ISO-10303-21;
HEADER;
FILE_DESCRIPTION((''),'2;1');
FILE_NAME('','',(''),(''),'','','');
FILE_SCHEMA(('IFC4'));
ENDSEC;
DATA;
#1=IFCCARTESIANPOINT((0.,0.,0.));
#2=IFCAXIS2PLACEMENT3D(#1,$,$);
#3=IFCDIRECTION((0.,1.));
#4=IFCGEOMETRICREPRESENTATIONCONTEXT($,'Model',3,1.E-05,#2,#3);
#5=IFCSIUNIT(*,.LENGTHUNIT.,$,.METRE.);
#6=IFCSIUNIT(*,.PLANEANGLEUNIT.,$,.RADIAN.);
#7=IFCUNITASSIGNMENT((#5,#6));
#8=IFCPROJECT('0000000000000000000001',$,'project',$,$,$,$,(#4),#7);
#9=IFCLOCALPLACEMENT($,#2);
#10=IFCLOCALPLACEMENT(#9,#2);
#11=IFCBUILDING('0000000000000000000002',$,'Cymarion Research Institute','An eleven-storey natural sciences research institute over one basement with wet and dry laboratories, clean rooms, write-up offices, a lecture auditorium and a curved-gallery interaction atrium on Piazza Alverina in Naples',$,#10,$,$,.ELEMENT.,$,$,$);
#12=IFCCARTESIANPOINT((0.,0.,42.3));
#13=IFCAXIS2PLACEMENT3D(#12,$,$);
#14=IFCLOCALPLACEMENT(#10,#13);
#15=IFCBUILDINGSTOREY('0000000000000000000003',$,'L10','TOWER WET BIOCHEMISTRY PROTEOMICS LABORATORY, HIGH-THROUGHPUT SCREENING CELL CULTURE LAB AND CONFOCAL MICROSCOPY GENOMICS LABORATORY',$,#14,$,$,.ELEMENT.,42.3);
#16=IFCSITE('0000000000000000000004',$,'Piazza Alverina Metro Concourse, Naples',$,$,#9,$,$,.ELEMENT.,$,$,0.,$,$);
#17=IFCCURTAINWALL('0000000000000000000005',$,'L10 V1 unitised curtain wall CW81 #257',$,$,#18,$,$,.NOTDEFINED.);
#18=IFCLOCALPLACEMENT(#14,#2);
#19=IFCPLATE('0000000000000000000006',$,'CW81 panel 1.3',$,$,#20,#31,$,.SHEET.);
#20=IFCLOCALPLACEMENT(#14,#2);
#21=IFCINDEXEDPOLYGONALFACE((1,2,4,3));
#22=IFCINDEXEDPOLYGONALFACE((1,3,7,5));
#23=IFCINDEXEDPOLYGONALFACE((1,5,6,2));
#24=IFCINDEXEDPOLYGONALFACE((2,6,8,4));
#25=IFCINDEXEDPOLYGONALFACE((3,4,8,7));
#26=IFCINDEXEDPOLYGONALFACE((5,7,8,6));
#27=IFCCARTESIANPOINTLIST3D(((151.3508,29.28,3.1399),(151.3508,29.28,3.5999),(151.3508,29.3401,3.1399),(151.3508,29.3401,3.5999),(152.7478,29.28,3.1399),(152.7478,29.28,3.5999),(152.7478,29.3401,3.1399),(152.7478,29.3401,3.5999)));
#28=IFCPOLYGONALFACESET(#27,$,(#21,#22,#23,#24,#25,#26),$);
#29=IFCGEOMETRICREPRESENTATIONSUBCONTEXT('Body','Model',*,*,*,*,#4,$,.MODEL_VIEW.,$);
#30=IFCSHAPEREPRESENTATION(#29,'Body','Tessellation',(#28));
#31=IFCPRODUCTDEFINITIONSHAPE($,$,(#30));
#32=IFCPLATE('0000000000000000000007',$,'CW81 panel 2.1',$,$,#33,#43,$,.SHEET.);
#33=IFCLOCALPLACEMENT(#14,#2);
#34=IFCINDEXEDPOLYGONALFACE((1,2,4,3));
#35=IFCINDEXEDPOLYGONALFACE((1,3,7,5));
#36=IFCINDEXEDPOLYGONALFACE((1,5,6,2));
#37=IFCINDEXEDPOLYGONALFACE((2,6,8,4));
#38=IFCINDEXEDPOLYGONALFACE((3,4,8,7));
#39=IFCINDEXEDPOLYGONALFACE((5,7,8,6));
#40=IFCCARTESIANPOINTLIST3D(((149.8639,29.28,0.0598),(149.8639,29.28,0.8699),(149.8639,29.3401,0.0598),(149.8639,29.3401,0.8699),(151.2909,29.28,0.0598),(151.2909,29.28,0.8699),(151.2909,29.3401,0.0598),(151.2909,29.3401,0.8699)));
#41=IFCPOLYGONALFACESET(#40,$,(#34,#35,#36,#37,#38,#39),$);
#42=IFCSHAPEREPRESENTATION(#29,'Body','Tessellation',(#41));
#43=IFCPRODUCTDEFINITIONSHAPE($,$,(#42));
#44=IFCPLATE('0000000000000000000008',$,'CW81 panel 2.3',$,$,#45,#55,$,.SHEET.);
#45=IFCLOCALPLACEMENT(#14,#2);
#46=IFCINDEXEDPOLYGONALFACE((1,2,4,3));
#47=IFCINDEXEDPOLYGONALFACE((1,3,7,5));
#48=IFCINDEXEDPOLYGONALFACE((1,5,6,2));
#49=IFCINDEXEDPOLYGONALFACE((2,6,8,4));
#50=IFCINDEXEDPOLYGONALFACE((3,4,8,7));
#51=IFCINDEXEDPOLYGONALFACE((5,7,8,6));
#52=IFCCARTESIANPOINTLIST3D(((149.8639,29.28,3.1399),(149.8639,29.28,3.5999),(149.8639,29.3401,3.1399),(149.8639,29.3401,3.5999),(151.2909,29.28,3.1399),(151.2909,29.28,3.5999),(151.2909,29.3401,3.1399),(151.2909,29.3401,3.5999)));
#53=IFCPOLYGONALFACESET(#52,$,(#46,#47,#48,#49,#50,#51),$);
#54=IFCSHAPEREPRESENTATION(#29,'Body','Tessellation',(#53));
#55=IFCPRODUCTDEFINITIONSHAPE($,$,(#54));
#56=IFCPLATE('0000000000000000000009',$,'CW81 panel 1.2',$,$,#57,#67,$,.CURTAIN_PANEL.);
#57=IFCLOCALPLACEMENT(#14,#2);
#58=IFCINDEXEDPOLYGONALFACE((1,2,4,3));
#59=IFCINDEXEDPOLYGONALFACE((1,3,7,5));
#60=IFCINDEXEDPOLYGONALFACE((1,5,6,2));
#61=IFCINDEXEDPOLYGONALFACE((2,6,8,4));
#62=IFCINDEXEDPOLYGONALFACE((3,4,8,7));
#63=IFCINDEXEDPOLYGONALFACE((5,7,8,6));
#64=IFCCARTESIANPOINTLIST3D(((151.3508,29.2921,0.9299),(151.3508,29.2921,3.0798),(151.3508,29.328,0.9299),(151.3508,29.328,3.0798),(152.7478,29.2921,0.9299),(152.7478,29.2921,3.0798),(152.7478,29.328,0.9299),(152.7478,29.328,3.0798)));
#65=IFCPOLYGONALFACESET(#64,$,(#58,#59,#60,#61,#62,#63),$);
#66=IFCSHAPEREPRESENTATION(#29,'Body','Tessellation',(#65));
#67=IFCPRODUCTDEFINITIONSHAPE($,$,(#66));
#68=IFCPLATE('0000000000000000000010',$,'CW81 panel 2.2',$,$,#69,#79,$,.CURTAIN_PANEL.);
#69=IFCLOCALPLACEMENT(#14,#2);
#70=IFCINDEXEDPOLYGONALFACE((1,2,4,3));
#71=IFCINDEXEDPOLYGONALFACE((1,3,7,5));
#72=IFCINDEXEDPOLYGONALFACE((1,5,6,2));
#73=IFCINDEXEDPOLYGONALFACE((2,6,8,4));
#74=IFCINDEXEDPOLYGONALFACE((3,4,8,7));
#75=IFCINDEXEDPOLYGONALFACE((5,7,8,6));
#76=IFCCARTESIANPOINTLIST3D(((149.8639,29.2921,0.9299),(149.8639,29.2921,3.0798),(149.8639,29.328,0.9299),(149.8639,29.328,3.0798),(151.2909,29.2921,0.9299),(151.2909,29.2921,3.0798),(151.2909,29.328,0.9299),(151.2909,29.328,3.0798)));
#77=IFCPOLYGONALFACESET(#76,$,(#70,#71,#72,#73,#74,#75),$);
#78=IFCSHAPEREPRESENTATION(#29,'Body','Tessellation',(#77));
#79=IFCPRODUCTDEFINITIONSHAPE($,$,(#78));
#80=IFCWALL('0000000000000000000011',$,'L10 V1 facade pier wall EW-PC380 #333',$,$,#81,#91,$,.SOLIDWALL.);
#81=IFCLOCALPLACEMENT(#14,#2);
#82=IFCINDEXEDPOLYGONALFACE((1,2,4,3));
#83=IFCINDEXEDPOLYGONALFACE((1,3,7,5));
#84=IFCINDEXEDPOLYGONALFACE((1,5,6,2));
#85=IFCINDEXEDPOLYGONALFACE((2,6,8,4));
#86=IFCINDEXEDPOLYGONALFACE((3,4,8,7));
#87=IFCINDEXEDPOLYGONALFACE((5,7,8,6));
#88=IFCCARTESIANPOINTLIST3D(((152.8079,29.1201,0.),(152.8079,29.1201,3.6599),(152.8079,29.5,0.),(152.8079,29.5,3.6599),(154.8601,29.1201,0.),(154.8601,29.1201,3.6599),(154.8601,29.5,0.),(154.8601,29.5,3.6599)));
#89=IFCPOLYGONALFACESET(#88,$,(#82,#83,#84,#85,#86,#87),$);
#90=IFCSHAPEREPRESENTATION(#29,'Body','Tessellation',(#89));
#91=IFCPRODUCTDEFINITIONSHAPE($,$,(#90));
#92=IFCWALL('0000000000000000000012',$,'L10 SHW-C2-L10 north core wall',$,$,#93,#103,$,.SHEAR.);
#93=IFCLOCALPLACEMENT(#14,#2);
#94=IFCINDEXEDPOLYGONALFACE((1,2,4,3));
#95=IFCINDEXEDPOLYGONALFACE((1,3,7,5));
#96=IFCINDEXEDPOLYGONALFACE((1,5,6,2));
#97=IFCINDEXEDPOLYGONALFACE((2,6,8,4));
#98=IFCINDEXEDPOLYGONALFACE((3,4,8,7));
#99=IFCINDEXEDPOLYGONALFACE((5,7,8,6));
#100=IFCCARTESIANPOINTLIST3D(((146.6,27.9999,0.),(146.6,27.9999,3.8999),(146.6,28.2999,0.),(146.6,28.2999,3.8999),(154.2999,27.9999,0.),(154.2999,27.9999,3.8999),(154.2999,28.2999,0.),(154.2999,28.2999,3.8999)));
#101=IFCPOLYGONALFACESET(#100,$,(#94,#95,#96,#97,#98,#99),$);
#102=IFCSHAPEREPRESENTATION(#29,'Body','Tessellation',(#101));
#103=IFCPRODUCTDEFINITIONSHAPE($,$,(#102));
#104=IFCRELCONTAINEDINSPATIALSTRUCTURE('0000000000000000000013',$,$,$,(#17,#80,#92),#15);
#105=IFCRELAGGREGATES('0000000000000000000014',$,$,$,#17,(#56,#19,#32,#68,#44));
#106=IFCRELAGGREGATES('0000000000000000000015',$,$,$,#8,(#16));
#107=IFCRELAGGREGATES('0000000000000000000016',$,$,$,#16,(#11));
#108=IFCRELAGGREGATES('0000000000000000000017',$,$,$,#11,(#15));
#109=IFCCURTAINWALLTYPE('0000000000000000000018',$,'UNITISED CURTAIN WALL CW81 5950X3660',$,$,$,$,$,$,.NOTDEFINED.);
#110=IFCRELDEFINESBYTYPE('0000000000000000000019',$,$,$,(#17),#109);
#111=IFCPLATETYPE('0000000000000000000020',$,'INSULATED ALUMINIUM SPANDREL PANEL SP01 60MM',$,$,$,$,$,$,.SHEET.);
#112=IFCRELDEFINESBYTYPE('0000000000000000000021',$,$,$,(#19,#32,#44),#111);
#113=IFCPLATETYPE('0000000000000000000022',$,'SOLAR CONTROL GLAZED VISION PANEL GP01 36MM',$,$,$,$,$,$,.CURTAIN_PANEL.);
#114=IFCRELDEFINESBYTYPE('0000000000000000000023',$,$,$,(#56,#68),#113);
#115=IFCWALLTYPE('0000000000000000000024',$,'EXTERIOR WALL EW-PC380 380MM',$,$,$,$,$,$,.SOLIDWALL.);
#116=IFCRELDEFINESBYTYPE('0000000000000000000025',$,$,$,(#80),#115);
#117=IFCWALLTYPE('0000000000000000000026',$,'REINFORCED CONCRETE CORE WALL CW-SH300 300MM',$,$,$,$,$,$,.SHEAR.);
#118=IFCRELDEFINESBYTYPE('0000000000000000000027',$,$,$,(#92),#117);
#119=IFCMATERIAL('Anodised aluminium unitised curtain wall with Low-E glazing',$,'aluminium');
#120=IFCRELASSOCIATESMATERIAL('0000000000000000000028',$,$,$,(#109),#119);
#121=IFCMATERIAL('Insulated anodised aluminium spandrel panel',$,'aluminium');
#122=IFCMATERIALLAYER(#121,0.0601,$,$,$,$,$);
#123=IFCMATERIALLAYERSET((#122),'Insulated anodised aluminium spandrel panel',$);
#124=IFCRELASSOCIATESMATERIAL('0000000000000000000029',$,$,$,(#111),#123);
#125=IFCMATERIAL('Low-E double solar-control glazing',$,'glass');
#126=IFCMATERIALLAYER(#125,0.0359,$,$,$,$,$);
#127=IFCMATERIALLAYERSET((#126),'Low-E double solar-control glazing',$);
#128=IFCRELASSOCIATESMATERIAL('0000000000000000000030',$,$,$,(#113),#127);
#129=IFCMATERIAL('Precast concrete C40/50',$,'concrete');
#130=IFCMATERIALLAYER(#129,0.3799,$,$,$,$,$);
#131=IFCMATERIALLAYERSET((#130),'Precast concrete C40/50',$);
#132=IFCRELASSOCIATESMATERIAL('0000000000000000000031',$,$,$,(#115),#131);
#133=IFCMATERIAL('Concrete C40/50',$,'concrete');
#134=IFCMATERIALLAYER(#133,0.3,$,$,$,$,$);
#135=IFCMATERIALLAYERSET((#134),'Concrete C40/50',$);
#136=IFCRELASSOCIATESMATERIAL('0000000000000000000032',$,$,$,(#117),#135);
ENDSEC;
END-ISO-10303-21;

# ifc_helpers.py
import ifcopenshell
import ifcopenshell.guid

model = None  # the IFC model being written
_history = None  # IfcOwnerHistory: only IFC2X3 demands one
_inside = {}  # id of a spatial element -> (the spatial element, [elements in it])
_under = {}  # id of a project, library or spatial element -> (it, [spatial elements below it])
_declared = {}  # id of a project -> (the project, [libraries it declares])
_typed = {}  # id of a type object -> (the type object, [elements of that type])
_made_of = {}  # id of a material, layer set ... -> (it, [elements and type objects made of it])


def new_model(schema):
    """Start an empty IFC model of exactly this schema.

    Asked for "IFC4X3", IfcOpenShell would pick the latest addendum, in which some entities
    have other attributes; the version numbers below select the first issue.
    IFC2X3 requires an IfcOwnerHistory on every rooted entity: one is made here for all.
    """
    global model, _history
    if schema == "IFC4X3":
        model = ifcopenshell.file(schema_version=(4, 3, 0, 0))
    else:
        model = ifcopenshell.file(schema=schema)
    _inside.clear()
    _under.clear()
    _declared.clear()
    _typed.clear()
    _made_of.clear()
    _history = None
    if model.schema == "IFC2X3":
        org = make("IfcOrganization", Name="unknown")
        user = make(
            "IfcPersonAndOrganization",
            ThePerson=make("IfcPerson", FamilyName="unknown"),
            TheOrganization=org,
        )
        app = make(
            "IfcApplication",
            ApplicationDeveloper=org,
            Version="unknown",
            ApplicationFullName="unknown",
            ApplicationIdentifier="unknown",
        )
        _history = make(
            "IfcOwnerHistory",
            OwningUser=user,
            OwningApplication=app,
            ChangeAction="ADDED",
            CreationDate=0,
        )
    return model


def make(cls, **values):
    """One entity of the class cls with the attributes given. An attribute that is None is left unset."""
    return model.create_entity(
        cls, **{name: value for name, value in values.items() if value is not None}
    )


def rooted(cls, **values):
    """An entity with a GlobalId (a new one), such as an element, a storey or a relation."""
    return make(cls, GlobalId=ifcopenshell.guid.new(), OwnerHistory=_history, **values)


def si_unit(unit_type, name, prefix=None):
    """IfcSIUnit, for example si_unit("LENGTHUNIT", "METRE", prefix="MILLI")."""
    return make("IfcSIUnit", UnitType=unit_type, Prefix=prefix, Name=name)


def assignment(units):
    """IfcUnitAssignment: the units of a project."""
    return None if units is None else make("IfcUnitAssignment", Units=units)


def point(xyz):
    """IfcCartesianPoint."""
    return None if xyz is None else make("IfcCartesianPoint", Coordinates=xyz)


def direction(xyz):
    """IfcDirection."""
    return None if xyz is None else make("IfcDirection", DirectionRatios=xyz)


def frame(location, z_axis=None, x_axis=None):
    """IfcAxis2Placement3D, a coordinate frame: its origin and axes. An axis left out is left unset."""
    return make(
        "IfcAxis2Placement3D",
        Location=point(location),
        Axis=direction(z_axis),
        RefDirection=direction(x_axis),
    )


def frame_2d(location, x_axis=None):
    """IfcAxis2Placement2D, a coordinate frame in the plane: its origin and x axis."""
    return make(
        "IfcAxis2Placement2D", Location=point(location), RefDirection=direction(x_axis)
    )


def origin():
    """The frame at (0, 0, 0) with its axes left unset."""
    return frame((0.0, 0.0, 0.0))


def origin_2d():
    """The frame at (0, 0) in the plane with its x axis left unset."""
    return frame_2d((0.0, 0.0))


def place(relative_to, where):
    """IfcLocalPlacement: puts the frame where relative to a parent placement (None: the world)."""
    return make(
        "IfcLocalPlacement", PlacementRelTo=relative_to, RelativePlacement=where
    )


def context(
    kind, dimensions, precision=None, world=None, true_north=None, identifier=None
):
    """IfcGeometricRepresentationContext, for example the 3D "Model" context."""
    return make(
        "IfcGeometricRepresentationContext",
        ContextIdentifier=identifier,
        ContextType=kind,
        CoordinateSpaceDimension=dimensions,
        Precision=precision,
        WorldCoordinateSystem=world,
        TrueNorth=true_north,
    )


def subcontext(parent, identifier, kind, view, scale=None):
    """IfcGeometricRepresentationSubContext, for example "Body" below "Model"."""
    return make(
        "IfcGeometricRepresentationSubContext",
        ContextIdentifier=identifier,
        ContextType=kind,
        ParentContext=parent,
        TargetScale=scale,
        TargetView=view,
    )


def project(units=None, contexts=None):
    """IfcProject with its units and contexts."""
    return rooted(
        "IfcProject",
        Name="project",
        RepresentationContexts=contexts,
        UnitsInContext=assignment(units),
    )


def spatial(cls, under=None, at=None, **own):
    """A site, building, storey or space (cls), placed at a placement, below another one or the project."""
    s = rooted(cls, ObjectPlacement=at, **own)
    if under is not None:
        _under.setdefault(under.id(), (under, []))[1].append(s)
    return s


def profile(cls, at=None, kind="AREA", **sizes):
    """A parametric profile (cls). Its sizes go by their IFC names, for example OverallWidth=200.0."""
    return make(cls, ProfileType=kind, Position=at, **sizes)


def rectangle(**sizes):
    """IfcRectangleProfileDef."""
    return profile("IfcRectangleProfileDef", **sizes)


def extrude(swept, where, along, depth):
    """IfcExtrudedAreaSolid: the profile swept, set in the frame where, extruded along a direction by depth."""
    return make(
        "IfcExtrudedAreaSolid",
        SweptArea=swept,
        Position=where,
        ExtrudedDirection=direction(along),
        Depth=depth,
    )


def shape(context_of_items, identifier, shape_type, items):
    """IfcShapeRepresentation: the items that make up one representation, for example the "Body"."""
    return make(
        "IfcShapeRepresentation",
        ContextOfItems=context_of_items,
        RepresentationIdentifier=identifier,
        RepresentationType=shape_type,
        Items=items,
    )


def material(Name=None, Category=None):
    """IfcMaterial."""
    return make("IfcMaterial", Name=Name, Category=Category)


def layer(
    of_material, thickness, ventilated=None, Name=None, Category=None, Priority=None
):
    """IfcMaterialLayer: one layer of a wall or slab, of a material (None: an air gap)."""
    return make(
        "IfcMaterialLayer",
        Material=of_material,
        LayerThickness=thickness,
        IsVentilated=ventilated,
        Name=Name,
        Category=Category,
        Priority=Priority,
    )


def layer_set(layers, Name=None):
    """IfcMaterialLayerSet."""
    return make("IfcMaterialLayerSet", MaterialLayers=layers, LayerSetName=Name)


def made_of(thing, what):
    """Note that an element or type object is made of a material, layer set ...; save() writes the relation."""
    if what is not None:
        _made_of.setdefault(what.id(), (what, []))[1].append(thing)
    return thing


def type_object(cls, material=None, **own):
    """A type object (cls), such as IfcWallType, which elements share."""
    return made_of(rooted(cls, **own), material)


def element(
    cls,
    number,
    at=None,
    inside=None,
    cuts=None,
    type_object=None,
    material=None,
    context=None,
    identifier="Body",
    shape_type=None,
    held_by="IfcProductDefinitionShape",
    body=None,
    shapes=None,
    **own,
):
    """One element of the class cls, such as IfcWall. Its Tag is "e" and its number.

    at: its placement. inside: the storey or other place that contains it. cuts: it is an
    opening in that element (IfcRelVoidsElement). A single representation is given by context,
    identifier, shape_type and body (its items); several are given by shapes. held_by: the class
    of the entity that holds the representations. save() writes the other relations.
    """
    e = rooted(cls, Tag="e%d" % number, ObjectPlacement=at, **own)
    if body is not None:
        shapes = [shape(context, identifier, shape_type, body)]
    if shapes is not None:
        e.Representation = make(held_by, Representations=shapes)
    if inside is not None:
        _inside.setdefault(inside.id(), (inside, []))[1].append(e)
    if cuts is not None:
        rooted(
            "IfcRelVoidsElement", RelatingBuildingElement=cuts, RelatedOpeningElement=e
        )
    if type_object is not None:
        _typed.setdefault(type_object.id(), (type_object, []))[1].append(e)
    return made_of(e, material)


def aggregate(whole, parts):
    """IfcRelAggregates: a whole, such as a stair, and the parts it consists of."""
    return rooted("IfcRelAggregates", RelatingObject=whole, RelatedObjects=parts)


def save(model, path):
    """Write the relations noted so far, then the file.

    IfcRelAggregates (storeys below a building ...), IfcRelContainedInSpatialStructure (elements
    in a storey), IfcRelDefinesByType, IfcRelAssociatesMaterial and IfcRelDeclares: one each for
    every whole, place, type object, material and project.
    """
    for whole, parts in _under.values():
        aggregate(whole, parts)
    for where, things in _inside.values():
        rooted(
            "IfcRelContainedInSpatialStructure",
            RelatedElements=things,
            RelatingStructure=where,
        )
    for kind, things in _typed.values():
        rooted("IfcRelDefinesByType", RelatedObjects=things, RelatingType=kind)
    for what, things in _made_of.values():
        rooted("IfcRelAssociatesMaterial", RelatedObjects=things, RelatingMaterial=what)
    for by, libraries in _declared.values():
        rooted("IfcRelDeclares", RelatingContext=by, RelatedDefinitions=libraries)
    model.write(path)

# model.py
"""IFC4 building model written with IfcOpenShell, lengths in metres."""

from ifc_helpers import new_model, si_unit, direction, frame, frame_2d, origin, origin_2d, place, context, subcontext, project, spatial, rectangle, extrude, material, layer, layer_set, type_object, element, aggregate, save


model = new_model("IFC4")

# Units and contexts
model_context = context("Model", 3, precision=1e-05, world=origin(), true_north=direction((0.0, 1.0)))
body_context = subcontext(model_context, "Body", "Model", "MODEL_VIEW")
ifc_project = project(units=[si_unit("LENGTHUNIT", "METRE"), si_unit("PLANEANGLEUNIT", "RADIAN")], contexts=[model_context])

# Site, building, storey
site_placement = place(None, origin())
site = spatial("IfcSite", under=ifc_project, at=site_placement, Name="Piazza Alverina Metro Concourse, Naples", CompositionType="ELEMENT", RefElevation=0.0)
building_placement = place(site_placement, origin())
building = spatial("IfcBuilding", under=site, at=building_placement, Name="Cymarion Research Institute", Description="An eleven-storey natural sciences research institute over one basement with wet and dry laboratories, clean rooms, write-up offices, a lecture auditorium and a curved-gallery interaction atrium on Piazza Alverina in Naples", CompositionType="ELEMENT")
storey_placement = place(building_placement, frame((0.0, 0.0, 42.3)))
storey = spatial("IfcBuildingStorey", under=building, at=storey_placement, Name="L10", Description="TOWER WET BIOCHEMISTRY PROTEOMICS LABORATORY, HIGH-THROUGHPUT SCREENING CELL CULTURE LAB AND CONFOCAL MICROSCOPY GENOMICS LABORATORY", CompositionType="ELEMENT", Elevation=42.3)

# Shared definitions
ifc_material_1 = material(Name="Anodised aluminium unitised curtain wall with Low-E glazing", Category="aluminium")

# Curtain wall
curtain_wall_type_1 = type_object("IfcCurtainWallType", Name="UNITISED CURTAIN WALL CW81 5950X3660", PredefinedType="NOTDEFINED", material=ifc_material_1)
curtain_wall_1_placement = place(storey_placement, origin())
curtain_wall_1 = element("IfcCurtainWall", 1, at=curtain_wall_1_placement, inside=storey, type_object=curtain_wall_type_1, Name="L10 V1 unitised curtain wall CW81 #257", PredefinedType="NOTDEFINED")

# Plates
ifc_material_2 = material(Name="Insulated anodised aluminium spandrel panel", Category="aluminium")
ifc_layer_1 = layer(ifc_material_2, 0.0601)
ifc_layer_set_1 = layer_set([ifc_layer_1], Name="Insulated anodised aluminium spandrel panel")
plate_type_1 = type_object("IfcPlateType", Name="INSULATED ALUMINIUM SPANDREL PANEL SP01 60MM", PredefinedType="SHEET", material=ifc_layer_set_1)
plate_1_placement = place(storey_placement, frame((152.0493, 29.3101, 3.1399), z_axis=(0.0, 0.0, 1.0), x_axis=(-1.0, 0.0, 0.0)))
plate_1 = element("IfcPlate", 2, at=plate_1_placement, type_object=plate_type_1, Name="CW81 panel 1.3", PredefinedType="SHEET", context=body_context, shape_type="SweptSolid", body=[
    extrude(rectangle(XDim=1.397, YDim=0.0601, at=origin_2d()), origin(), (0.0, 0.0, 1.0), 0.46),
])
plate_2_placement = place(storey_placement, frame((150.5774, 29.3101, 0.0598), z_axis=(0.0, 0.0, 1.0), x_axis=(-1.0, 0.0, 0.0)))
plate_2 = element("IfcPlate", 3, at=plate_2_placement, type_object=plate_type_1, Name="CW81 panel 2.1", PredefinedType="SHEET", context=body_context, shape_type="SweptSolid", body=[
    extrude(rectangle(XDim=1.427, YDim=0.0601, at=origin_2d()), origin(), (0.0, 0.0, 1.0), 0.8101),
])
plate_3_placement = place(storey_placement, frame((150.5774, 29.3101, 3.1399), z_axis=(0.0, 0.0, 1.0), x_axis=(-1.0, 0.0, 0.0)))
plate_3 = element("IfcPlate", 4, at=plate_3_placement, type_object=plate_type_1, Name="CW81 panel 2.3", PredefinedType="SHEET", context=body_context, shape_type="SweptSolid", body=[
    extrude(rectangle(XDim=1.427, YDim=0.0601, at=origin_2d()), origin(), (0.0, 0.0, 1.0), 0.46),
])
ifc_material_3 = material(Name="Low-E double solar-control glazing", Category="glass")
ifc_layer_2 = layer(ifc_material_3, 0.0359)
ifc_layer_set_2 = layer_set([ifc_layer_2], Name="Low-E double solar-control glazing")
plate_type_2 = type_object("IfcPlateType", Name="SOLAR CONTROL GLAZED VISION PANEL GP01 36MM", PredefinedType="CURTAIN_PANEL", material=ifc_layer_set_2)
plate_4_placement = place(storey_placement, frame((152.0493, 29.3101, 0.9299), z_axis=(0.0, 0.0, 1.0), x_axis=(-1.0, 0.0, 0.0)))
plate_4 = element("IfcPlate", 5, at=plate_4_placement, type_object=plate_type_2, Name="CW81 panel 1.2", PredefinedType="CURTAIN_PANEL", context=body_context, shape_type="SweptSolid", body=[
    extrude(rectangle(XDim=1.397, YDim=0.0359, at=origin_2d()), origin(), (0.0, 0.0, 1.0), 2.1499),
])
plate_5_placement = place(storey_placement, frame((150.5774, 29.3101, 0.9299), z_axis=(0.0, 0.0, 1.0), x_axis=(-1.0, 0.0, 0.0)))
plate_5 = element("IfcPlate", 6, at=plate_5_placement, type_object=plate_type_2, Name="CW81 panel 2.2", PredefinedType="CURTAIN_PANEL", context=body_context, shape_type="SweptSolid", body=[
    extrude(rectangle(XDim=1.427, YDim=0.0359, at=origin_2d()), origin(), (0.0, 0.0, 1.0), 2.1499),
])
aggregate(curtain_wall_1, [plate_4, plate_1, plate_2, plate_5, plate_3])

# Walls
ifc_material_4 = material(Name="Precast concrete C40/50", Category="concrete")
ifc_layer_3 = layer(ifc_material_4, 0.3799)
ifc_layer_set_3 = layer_set([ifc_layer_3], Name="Precast concrete C40/50")
wall_type_1 = type_object("IfcWallType", Name="EXTERIOR WALL EW-PC380 380MM", PredefinedType="SOLIDWALL", material=ifc_layer_set_3)
wall_1_placement = place(storey_placement, frame((154.8601, 29.3101, 0.0), z_axis=(0.0, 0.0, 1.0), x_axis=(-1.0, 0.0, 0.0)))
element("IfcWall", 7, at=wall_1_placement, inside=storey, type_object=wall_type_1, Name="L10 V1 facade pier wall EW-PC380 #333", PredefinedType="SOLIDWALL", context=body_context, shape_type="SweptSolid", body=[
    extrude(rectangle(XDim=2.0522, YDim=0.3799, at=frame_2d((1.0261, 0.0))), origin(), (0.0, 0.0, 1.0), 3.6599),
])
ifc_material_5 = material(Name="Concrete C40/50", Category="concrete")
ifc_layer_4 = layer(ifc_material_5, 0.3)
ifc_layer_set_4 = layer_set([ifc_layer_4], Name="Concrete C40/50")
wall_type_2 = type_object("IfcWallType", Name="REINFORCED CONCRETE CORE WALL CW-SH300 300MM", PredefinedType="SHEAR", material=ifc_layer_set_4)
wall_2_placement = place(storey_placement, frame((154.3, 28.1499, 0.0), z_axis=(0.0, 0.0, 1.0), x_axis=(-1.0, 0.0, 0.0)))
element("IfcWall", 8, at=wall_2_placement, inside=storey, type_object=wall_type_2, Name="L10 SHW-C2-L10 north core wall", PredefinedType="SHEAR", context=body_context, shape_type="SweptSolid", body=[
    extrude(rectangle(XDim=7.7, YDim=0.3, at=frame_2d((3.8501, 0.0))), origin(), (0.0, 0.0, 1.0), 3.8999),
])

save(model, "model.ifc")
